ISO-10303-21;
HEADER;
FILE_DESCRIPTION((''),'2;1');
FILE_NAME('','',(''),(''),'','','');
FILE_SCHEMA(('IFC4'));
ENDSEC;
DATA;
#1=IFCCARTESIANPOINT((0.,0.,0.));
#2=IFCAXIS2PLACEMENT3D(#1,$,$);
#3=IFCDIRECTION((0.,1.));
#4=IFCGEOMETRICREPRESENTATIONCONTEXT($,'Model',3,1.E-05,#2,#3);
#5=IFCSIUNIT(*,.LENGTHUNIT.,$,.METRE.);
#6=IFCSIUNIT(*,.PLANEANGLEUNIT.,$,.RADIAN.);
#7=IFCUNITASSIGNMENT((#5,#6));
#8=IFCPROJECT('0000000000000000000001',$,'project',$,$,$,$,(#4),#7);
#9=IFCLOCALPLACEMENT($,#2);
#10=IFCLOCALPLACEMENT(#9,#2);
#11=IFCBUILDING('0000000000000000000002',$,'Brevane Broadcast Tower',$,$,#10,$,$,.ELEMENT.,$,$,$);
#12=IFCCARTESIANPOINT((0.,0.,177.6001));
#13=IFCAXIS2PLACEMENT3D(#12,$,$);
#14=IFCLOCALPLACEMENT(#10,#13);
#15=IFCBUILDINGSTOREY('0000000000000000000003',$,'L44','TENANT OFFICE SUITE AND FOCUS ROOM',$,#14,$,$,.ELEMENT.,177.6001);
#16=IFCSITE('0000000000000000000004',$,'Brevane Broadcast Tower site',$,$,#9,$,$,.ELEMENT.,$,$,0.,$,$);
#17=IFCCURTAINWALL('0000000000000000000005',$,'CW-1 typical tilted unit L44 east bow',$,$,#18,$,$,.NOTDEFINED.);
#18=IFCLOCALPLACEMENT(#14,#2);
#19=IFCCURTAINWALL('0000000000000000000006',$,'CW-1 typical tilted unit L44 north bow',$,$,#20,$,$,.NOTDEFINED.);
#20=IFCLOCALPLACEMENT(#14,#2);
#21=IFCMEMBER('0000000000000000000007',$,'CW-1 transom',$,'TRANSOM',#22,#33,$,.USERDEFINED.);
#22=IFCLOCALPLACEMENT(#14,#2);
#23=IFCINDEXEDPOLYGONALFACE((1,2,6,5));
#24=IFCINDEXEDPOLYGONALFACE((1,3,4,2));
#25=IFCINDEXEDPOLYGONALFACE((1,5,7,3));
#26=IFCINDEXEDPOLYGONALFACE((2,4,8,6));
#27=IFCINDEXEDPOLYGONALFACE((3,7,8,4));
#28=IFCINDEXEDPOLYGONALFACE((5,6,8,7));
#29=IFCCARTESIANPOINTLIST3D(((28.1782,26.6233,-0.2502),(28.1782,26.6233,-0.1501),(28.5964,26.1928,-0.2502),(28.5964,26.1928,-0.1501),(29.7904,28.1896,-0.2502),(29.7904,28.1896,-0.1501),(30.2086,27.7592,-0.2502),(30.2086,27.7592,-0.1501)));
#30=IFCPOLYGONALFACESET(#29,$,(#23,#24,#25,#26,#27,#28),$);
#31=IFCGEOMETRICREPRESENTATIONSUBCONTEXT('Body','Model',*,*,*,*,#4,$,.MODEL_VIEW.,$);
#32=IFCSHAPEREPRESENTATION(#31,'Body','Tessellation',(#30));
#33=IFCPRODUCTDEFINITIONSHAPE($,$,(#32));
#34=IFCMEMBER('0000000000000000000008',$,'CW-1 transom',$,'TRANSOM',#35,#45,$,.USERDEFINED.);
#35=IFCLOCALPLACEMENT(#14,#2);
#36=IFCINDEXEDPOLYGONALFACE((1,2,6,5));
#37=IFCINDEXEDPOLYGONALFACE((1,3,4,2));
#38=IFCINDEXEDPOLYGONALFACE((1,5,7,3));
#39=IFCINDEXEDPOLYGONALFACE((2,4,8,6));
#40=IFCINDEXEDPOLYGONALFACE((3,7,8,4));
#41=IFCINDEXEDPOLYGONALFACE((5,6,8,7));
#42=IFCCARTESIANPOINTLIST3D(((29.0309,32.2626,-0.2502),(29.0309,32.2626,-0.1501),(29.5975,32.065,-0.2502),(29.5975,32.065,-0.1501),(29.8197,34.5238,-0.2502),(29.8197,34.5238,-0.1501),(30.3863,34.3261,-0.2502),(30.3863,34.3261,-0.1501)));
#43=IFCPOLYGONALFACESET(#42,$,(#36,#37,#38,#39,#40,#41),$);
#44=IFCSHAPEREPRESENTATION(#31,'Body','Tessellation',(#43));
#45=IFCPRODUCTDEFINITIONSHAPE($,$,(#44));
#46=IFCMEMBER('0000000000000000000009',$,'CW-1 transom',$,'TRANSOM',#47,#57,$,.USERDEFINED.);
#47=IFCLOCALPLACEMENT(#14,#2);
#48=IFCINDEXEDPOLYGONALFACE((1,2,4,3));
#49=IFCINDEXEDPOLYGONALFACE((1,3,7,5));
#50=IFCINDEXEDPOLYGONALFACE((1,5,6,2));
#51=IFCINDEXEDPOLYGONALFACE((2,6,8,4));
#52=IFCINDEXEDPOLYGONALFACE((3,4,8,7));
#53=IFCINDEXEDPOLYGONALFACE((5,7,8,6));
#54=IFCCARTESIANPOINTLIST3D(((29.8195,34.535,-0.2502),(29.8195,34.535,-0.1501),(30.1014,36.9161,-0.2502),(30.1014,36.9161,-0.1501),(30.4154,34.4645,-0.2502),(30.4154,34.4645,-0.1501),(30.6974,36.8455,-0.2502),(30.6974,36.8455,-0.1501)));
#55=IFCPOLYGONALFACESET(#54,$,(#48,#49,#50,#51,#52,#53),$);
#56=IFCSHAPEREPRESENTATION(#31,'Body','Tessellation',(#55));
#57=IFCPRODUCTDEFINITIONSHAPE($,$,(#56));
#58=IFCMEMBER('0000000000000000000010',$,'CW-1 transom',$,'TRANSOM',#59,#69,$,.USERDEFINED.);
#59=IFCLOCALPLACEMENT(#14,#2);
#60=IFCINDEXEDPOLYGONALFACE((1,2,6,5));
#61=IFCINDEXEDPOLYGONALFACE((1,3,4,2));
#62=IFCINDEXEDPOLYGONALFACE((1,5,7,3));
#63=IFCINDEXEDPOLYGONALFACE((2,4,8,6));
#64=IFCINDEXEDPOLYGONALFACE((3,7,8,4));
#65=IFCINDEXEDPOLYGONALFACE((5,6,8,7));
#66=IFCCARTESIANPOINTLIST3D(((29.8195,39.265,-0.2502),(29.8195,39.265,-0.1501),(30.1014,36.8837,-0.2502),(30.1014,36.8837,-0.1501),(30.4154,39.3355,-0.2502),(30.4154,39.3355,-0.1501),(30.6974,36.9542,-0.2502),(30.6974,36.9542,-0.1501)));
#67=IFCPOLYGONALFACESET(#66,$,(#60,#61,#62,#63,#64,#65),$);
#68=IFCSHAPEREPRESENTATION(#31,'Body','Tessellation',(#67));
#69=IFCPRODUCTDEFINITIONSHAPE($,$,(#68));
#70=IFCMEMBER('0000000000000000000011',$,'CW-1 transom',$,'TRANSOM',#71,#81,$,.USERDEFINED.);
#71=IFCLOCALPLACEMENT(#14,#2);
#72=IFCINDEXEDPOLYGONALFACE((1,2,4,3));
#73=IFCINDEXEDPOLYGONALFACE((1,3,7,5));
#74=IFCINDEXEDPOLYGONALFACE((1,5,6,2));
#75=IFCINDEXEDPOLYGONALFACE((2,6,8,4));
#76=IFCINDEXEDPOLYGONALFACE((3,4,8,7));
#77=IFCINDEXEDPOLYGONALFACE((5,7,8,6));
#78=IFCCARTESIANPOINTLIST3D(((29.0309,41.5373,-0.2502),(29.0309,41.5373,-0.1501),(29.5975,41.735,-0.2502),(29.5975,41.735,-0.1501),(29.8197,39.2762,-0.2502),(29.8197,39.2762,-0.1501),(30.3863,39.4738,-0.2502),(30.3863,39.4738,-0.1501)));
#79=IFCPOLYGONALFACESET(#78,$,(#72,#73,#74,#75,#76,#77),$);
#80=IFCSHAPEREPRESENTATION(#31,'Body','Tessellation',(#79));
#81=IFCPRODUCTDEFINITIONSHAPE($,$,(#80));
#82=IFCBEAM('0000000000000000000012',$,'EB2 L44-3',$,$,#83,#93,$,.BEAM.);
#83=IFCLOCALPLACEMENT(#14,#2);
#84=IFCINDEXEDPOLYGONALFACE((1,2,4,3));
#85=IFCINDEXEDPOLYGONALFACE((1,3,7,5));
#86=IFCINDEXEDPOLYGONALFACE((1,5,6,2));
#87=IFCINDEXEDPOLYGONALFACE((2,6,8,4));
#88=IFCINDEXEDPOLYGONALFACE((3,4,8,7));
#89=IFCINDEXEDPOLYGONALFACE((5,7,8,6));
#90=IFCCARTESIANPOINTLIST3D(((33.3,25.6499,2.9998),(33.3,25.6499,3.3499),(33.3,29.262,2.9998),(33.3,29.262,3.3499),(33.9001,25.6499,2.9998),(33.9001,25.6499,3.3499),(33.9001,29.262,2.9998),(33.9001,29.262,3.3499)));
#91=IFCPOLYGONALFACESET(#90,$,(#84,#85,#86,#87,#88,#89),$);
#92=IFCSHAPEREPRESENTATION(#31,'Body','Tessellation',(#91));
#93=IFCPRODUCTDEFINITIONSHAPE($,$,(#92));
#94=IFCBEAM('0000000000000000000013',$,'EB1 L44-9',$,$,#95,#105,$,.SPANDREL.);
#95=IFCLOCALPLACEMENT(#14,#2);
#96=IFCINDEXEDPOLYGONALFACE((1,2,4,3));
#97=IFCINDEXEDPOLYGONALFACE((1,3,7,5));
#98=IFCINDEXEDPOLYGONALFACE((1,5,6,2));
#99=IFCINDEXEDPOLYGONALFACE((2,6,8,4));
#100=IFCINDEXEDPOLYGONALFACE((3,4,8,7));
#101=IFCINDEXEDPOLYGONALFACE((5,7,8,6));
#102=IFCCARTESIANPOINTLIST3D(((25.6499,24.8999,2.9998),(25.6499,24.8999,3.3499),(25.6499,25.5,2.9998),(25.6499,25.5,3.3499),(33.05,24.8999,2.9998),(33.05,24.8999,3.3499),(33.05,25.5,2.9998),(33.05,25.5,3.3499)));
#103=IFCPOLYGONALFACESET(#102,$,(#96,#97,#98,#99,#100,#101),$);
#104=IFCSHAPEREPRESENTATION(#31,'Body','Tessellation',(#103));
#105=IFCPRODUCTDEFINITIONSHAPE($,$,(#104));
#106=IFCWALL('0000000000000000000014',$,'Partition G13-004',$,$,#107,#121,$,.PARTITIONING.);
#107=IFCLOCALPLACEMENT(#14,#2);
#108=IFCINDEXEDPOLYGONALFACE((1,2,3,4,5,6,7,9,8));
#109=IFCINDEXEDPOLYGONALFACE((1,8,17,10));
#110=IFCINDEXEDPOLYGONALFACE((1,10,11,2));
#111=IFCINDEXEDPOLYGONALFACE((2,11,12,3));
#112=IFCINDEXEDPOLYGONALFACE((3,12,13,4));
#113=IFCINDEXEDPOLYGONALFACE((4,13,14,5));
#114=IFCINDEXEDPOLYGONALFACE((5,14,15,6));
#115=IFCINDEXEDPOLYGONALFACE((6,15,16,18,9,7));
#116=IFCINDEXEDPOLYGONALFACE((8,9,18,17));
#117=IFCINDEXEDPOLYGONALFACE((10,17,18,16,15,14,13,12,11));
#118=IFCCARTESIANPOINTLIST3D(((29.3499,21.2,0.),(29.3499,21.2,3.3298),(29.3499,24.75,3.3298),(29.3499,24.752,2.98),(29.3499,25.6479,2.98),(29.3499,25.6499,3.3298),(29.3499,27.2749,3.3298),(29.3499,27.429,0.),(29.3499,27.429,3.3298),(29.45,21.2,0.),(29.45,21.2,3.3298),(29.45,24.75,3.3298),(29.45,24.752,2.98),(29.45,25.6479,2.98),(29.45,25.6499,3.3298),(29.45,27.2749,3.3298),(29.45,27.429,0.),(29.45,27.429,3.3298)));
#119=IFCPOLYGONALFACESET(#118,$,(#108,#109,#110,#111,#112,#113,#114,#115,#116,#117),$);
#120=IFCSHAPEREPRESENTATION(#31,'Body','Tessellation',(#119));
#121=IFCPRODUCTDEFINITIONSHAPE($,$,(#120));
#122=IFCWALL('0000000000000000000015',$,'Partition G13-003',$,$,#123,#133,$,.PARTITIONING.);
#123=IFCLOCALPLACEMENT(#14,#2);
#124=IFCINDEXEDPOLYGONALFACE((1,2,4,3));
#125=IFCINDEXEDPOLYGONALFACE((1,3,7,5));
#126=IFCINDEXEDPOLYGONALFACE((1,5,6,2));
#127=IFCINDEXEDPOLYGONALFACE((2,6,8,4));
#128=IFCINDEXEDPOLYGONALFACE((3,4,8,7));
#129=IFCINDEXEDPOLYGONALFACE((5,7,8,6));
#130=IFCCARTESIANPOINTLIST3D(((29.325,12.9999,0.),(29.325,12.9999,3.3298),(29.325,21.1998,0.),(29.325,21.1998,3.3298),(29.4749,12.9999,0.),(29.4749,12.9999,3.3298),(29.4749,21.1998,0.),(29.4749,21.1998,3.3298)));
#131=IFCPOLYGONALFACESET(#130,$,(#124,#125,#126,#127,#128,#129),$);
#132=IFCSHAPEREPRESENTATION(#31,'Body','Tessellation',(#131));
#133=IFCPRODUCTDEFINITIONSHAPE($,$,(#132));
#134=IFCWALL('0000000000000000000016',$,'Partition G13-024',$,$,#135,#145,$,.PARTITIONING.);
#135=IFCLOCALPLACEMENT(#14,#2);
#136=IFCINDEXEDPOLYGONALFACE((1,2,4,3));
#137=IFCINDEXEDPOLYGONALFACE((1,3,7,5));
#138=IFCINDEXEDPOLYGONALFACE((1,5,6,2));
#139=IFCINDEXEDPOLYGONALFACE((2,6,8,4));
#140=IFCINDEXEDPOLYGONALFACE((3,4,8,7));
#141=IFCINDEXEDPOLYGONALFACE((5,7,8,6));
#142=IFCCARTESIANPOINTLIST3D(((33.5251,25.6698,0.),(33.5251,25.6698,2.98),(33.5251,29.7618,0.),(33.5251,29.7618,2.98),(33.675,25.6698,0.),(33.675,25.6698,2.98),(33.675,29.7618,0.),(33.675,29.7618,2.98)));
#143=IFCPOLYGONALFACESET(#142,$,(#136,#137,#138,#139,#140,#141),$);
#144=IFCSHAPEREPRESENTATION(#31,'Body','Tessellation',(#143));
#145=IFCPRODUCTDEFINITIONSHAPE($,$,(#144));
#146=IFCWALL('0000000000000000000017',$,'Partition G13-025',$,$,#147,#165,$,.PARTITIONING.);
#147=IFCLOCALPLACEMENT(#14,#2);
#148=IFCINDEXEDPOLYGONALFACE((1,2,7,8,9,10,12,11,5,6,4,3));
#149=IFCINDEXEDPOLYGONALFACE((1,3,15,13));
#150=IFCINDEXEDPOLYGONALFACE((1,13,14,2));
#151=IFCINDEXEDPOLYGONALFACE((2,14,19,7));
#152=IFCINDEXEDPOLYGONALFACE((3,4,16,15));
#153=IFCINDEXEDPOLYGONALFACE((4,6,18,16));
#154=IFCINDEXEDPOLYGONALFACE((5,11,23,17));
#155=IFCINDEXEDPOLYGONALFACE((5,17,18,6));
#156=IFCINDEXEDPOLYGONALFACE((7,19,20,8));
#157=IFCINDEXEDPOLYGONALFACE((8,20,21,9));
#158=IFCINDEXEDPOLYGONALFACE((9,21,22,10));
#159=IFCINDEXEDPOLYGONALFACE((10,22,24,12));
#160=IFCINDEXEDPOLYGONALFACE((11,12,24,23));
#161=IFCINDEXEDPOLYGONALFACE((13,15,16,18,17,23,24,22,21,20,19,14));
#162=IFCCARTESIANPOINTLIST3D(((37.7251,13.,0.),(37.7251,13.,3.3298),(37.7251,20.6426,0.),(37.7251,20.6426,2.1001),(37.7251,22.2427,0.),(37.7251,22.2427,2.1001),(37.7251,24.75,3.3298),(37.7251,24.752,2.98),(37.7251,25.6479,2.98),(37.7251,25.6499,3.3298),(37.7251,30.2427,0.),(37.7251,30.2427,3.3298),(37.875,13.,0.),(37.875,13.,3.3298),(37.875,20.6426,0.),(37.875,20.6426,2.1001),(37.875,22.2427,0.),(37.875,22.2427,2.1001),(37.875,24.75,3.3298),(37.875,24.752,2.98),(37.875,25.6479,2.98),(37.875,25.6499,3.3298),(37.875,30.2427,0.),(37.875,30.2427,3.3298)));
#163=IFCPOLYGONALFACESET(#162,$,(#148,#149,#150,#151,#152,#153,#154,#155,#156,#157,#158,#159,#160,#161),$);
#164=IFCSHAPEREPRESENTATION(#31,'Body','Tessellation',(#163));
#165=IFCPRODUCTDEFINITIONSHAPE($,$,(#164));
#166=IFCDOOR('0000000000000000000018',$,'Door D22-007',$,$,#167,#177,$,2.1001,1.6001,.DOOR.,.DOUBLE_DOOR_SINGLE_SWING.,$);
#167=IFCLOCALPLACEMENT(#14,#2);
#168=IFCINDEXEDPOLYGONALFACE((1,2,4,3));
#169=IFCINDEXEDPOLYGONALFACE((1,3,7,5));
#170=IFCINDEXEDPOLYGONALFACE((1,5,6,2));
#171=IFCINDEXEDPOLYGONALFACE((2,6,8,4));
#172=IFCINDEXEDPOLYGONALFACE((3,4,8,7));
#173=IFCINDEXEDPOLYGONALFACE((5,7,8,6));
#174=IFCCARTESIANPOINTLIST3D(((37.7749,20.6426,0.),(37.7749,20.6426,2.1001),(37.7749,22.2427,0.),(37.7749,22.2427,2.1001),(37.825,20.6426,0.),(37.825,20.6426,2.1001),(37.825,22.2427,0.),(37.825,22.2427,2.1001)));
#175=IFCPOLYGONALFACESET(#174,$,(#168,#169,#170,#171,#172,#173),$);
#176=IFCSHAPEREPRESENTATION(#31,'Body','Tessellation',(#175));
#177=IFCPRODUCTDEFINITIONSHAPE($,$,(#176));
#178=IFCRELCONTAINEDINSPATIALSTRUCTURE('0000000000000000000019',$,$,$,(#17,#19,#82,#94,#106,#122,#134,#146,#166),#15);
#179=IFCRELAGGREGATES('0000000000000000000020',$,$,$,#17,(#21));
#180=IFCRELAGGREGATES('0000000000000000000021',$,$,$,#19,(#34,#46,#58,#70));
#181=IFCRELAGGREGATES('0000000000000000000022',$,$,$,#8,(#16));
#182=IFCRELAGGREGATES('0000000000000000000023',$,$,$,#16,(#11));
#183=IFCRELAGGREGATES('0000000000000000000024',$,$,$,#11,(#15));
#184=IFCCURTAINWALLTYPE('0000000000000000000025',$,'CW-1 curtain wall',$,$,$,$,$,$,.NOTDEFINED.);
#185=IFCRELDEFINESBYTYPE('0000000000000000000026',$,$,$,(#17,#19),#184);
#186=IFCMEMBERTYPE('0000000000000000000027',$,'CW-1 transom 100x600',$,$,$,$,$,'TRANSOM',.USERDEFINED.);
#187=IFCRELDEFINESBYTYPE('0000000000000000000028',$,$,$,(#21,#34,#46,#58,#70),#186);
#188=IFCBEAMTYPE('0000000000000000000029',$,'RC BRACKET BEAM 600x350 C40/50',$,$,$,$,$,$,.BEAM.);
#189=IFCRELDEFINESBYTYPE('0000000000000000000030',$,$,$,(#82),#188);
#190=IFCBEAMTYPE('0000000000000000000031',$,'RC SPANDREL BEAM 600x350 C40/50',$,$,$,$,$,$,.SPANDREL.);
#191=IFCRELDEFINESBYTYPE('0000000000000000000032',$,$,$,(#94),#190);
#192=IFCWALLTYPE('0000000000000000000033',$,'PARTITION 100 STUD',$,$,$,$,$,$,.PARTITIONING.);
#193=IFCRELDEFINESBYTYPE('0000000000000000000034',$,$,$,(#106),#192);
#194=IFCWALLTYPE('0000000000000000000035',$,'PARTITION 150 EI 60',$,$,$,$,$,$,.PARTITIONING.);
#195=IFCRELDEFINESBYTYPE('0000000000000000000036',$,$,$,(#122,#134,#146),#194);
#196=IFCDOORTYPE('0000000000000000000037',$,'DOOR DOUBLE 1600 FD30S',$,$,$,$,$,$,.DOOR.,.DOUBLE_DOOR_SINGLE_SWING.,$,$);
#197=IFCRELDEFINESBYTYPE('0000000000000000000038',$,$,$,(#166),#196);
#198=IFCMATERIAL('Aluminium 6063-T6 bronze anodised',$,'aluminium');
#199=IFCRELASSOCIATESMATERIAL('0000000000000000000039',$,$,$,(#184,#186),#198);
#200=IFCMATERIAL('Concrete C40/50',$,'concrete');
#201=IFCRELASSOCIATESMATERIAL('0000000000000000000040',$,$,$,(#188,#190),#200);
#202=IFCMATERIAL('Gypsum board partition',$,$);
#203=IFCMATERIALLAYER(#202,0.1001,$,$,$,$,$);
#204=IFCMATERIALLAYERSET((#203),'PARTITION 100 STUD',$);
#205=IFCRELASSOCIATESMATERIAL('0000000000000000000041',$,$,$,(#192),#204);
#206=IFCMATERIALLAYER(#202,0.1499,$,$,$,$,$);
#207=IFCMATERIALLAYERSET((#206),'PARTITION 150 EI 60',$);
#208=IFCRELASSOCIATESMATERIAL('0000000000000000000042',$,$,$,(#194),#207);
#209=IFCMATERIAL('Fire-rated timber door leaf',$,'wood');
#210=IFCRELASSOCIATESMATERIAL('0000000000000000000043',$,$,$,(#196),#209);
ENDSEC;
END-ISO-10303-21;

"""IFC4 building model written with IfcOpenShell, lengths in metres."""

from ifc_helpers import new_model, si_unit, direction, frame, frame_2d, origin, origin_2d, place, context, subcontext, project, spatial, polyline, rectangle, outline, extrude, material, layer, layer_set, material_profile, profile_set, type_object, element, fill, aggregate, save


model = new_model("IFC4")

# Units and contexts
model_context = context("Model", 3, precision=1e-05, world=origin(), true_north=direction((0.0, 1.0)))
body_context = subcontext(model_context, "Body", "Model", "MODEL_VIEW")
ifc_project = project(units=[si_unit("LENGTHUNIT", "METRE"), si_unit("PLANEANGLEUNIT", "RADIAN")], contexts=[model_context])

# Site, building, storey
site_placement = place(None, origin())
site = spatial("IfcSite", under=ifc_project, at=site_placement, Name="Brevane Broadcast Tower site", CompositionType="ELEMENT", RefElevation=0.0)
building_placement = place(site_placement, origin())
building = spatial("IfcBuilding", under=site, at=building_placement, Name="Brevane Broadcast Tower", CompositionType="ELEMENT")
storey_placement = place(building_placement, frame((0.0, 0.0, 177.6001)))
storey = spatial("IfcBuildingStorey", under=building, at=storey_placement, Name="L44", Description="TENANT OFFICE SUITE AND FOCUS ROOM", CompositionType="ELEMENT", Elevation=177.6001)

# Curtain walls
ifc_material_1 = material(Name="Aluminium 6063-T6 bronze anodised", Category="aluminium")
curtain_wall_type = type_object("IfcCurtainWallType", Name="CW-1 curtain wall", PredefinedType="NOTDEFINED", material=ifc_material_1)
curtain_wall_1_placement = place(storey_placement, origin())
curtain_wall_1 = element("IfcCurtainWall", 1, at=curtain_wall_1_placement, inside=storey, type_object=curtain_wall_type, Name="CW-1 typical tilted unit L44 east bow", PredefinedType="NOTDEFINED")
curtain_wall_2_placement = place(storey_placement, origin())
curtain_wall_2 = element("IfcCurtainWall", 2, at=curtain_wall_2_placement, inside=storey, type_object=curtain_wall_type, Name="CW-1 typical tilted unit L44 north bow", PredefinedType="NOTDEFINED")

# Members
ifc_material_profile_1 = material_profile(ifc_material_1, rectangle(XDim=0.6001, YDim=0.1001, at=origin_2d()), Name="RECT 100x600")
ifc_profile_set_1 = profile_set([ifc_material_profile_1], Name="Aluminium 6063-T6 bronze anodised")
member_type_1 = type_object("IfcMemberType", Name="CW-1 transom 100x600", ElementType="TRANSOM", PredefinedType="USERDEFINED", material=ifc_profile_set_1)
member_1_placement = place(storey_placement, frame((29.9995, 27.9744, -0.2002), z_axis=(-0.717242, -0.696824, 0.0), x_axis=(0.696824, -0.717242, 0.0)))
member_1 = element("IfcMember", 3, at=member_1_placement, type_object=member_type_1, Name="CW-1 transom", ObjectType="TRANSOM", PredefinedType="USERDEFINED", context=body_context, shape_type="SweptSolid", body=[
    extrude(rectangle(XDim=0.6001, YDim=0.1001, at=origin_2d()), origin(), (0.0, 0.0, 1.0), 2.2478),
])
aggregate(curtain_wall_1, [member_1])
member_2_placement = place(storey_placement, frame((29.3142, 32.1638, -0.2002), z_axis=(0.329378, 0.944198, 0.0), x_axis=(-0.944198, 0.329378, 0.0)))
member_2 = element("IfcMember", 4, at=member_2_placement, type_object=member_type_1, Name="CW-1 transom", ObjectType="TRANSOM", PredefinedType="USERDEFINED", context=body_context, shape_type="SweptSolid", body=[
    extrude(rectangle(XDim=0.6001, YDim=0.1001, at=origin_2d()), origin(), (0.0, 0.0, 1.0), 2.3948),
])
member_3_placement = place(storey_placement, frame((30.1174, 34.4998, -0.2002), z_axis=(0.117603, 0.993061, 0.0), x_axis=(-0.993061, 0.117603, 0.0)))
member_3 = element("IfcMember", 5, at=member_3_placement, type_object=member_type_1, Name="CW-1 transom", ObjectType="TRANSOM", PredefinedType="USERDEFINED", context=body_context, shape_type="SweptSolid", body=[
    extrude(rectangle(XDim=0.6001, YDim=0.1001, at=origin_2d()), origin(), (0.0, 0.0, 1.0), 2.3977),
])
member_4_placement = place(storey_placement, frame((30.3994, 36.9189, -0.2002), z_axis=(-0.117591, 0.993062, 0.0), x_axis=(-0.993062, -0.117591, 0.0)))
member_4 = element("IfcMember", 6, at=member_4_placement, type_object=member_type_1, Name="CW-1 transom", ObjectType="TRANSOM", PredefinedType="USERDEFINED", context=body_context, shape_type="SweptSolid", body=[
    extrude(rectangle(XDim=0.6001, YDim=0.1001, at=origin_2d()), origin(), (0.0, 0.0, 1.0), 2.3979),
])
member_5_placement = place(storey_placement, frame((30.103, 39.375, -0.2002), z_axis=(-0.329378, 0.944198, 0.0), x_axis=(-0.944198, -0.329378, 0.0)))
member_5 = element("IfcMember", 7, at=member_5_placement, type_object=member_type_1, Name="CW-1 transom", ObjectType="TRANSOM", PredefinedType="USERDEFINED", context=body_context, shape_type="SweptSolid", body=[
    extrude(rectangle(XDim=0.6001, YDim=0.1001, at=origin_2d()), origin(), (0.0, 0.0, 1.0), 2.3948),
])
aggregate(curtain_wall_2, [member_2, member_3, member_4, member_5])

# Beams
ifc_material_2 = material(Name="Concrete C40/50", Category="concrete")
ifc_material_profile_2 = material_profile(ifc_material_2, rectangle(XDim=0.6001, YDim=0.3501, at=origin_2d()), Name="RC 600x350")
ifc_profile_set_2 = profile_set([ifc_material_profile_2], Name="Concrete C40/50")
beam_type_1 = type_object("IfcBeamType", Name="RC BRACKET BEAM 600x350 C40/50", PredefinedType="BEAM", material=ifc_profile_set_2)
beam_1_placement = place(storey_placement, frame((33.6001, 25.6499, 3.1748), z_axis=(0.0, 1.0, 0.0), x_axis=(-1.0, 0.0, 0.0)))
element("IfcBeam", 8, at=beam_1_placement, inside=storey, type_object=beam_type_1, Name="EB2 L44-3", PredefinedType="BEAM", context=body_context, shape_type="SweptSolid", body=[
    extrude(rectangle(XDim=0.6001, YDim=0.3501, at=origin_2d()), origin(), (0.0, 0.0, 1.0), 3.6121),
])
ifc_material_profile_3 = material_profile(ifc_material_2, rectangle(XDim=0.6001, YDim=0.3501, at=origin_2d()), Name="RC 600x350")
ifc_profile_set_3 = profile_set([ifc_material_profile_3], Name="Concrete C40/50")
beam_type_2 = type_object("IfcBeamType", Name="RC SPANDREL BEAM 600x350 C40/50", PredefinedType="SPANDREL", material=ifc_profile_set_3)
beam_2_placement = place(storey_placement, frame((33.05, 25.2, 3.1748), z_axis=(-1.0, 0.0, 0.0), x_axis=(0.0, -1.0, 0.0)))
element("IfcBeam", 9, at=beam_2_placement, inside=storey, type_object=beam_type_2, Name="EB1 L44-9", PredefinedType="SPANDREL", context=body_context, shape_type="SweptSolid", body=[
    extrude(rectangle(XDim=0.6001, YDim=0.3501, at=origin_2d()), origin(), (0.0, 0.0, 1.0), 7.4001),
])

# Walls
ifc_material_3 = material(Name="Gypsum board partition")
ifc_layer_1 = layer(ifc_material_3, 0.1001)
ifc_layer_set_1 = layer_set([ifc_layer_1], Name="PARTITION 100 STUD")
wall_type_1 = type_object("IfcWallType", Name="PARTITION 100 STUD", PredefinedType="PARTITIONING", material=ifc_layer_set_1)
wall_1_placement = place(storey_placement, frame((29.3999, 27.429, 0.0), z_axis=(0.0, 0.0, 1.0), x_axis=(0.0, -1.0, 0.0)))
element("IfcWall", 10, at=wall_1_placement, inside=storey, type_object=wall_type_1, Name="Partition G13-004", PredefinedType="PARTITIONING", context=body_context, shape_type="SweptSolid", body=[
    extrude(outline(polyline([(0.0, 0.0), (6.229, 0.0), (6.229, 3.3298), (2.679, 3.3298), (2.677, 2.98), (1.781, 2.98), (1.7791, 3.3298), (0.1541, 3.3298), (0.0, 3.3298), (0.0, 0.0)])), frame((0.0, 0.05, 0.0), z_axis=(0.0, -1.0, 0.0), x_axis=(1.0, 0.0, 0.0)), (0.0, 0.0, 1.0), 0.1001),
])
ifc_layer_2 = layer(ifc_material_3, 0.1499)
ifc_layer_set_2 = layer_set([ifc_layer_2], Name="PARTITION 150 EI 60")
wall_type_2 = type_object("IfcWallType", Name="PARTITION 150 EI 60", PredefinedType="PARTITIONING", material=ifc_layer_set_2)
wall_2_placement = place(storey_placement, frame((29.3999, 21.2, 0.0), z_axis=(0.0, 0.0, 1.0), x_axis=(0.0, -1.0, 0.0)))
element("IfcWall", 11, at=wall_2_placement, inside=storey, type_object=wall_type_2, Name="Partition G13-003", PredefinedType="PARTITIONING", context=body_context, shape_type="SweptSolid", body=[
    extrude(rectangle(XDim=8.2, YDim=0.1499, at=frame_2d((4.1001, 0.0))), origin(), (0.0, 0.0, 1.0), 3.3298),
])
wall_3_placement = place(storey_placement, frame((33.6001, 25.6699, 0.0), z_axis=(0.0, 0.0, 1.0), x_axis=(0.0, 1.0, 0.0)))
element("IfcWall", 12, at=wall_3_placement, inside=storey, type_object=wall_type_2, Name="Partition G13-024", PredefinedType="PARTITIONING", context=body_context, shape_type="SweptSolid", body=[
    extrude(rectangle(XDim=4.092, YDim=0.1499, at=frame_2d((2.0459, 0.0))), origin(), (0.0, 0.0, 1.0), 2.98),
])

# Wall, opening, door
wall_4_placement = place(storey_placement, frame((37.8, 30.2427, 0.0), z_axis=(0.0, 0.0, 1.0), x_axis=(0.0, -1.0, 0.0)))
wall_4 = element("IfcWall", 13, at=wall_4_placement, inside=storey, type_object=wall_type_2, Name="Partition G13-025", PredefinedType="PARTITIONING", context=body_context, shape_type="SweptSolid", body=[
    extrude(outline(polyline([(0.0, 0.0), (17.2427, 0.0), (17.2427, 3.3298), (5.4927, 3.3298), (5.4907, 2.98), (4.5947, 2.98), (4.5928, 3.3298), (0.0, 3.3298), (0.0, 0.0)])), frame((0.0, 0.075, 0.0), z_axis=(0.0, -1.0, 0.0), x_axis=(1.0, 0.0, 0.0)), (0.0, 0.0, 1.0), 0.1499),
])
opening_placement = place(wall_4_placement, frame((8.0, 0.0, 0.0)))
opening = element("IfcOpeningElement", 14, at=opening_placement, cuts=wall_4, PredefinedType="OPENING", context=body_context, shape_type="SweptSolid", body=[
    extrude(rectangle(XDim=1.6001, YDim=2.1001, at=frame_2d((0.8, 1.05))), frame((0.0, 0.085, 0.0), z_axis=(0.0, -1.0, 0.0), x_axis=(1.0, 0.0, 0.0)), (0.0, 0.0, 1.0), 0.1699),
])
ifc_material_4 = material(Name="Fire-rated timber door leaf", Category="wood")
door_type = type_object("IfcDoorType", Name="DOOR DOUBLE 1600 FD30S", OperationType="DOUBLE_DOOR_SINGLE_SWING", PredefinedType="DOOR", material=ifc_material_4)
door_placement = place(opening_placement, origin())
door = element("IfcDoor", 15, at=door_placement, inside=storey, type_object=door_type, Name="Door D22-007", OperationType="DOUBLE_DOOR_SINGLE_SWING", OverallHeight=2.1001, OverallWidth=1.6001, PredefinedType="DOOR", context=body_context, shape_type="SweptSolid", body=[
    extrude(rectangle(XDim=1.6001, YDim=2.1001, at=frame_2d((0.8, 1.05))), frame((0.0, 0.0249, 0.0), z_axis=(0.0, -1.0, 0.0), x_axis=(1.0, 0.0, 0.0)), (0.0, 0.0, 1.0), 0.05),
])
fill(opening, door)

save(model, "model.ifc")
